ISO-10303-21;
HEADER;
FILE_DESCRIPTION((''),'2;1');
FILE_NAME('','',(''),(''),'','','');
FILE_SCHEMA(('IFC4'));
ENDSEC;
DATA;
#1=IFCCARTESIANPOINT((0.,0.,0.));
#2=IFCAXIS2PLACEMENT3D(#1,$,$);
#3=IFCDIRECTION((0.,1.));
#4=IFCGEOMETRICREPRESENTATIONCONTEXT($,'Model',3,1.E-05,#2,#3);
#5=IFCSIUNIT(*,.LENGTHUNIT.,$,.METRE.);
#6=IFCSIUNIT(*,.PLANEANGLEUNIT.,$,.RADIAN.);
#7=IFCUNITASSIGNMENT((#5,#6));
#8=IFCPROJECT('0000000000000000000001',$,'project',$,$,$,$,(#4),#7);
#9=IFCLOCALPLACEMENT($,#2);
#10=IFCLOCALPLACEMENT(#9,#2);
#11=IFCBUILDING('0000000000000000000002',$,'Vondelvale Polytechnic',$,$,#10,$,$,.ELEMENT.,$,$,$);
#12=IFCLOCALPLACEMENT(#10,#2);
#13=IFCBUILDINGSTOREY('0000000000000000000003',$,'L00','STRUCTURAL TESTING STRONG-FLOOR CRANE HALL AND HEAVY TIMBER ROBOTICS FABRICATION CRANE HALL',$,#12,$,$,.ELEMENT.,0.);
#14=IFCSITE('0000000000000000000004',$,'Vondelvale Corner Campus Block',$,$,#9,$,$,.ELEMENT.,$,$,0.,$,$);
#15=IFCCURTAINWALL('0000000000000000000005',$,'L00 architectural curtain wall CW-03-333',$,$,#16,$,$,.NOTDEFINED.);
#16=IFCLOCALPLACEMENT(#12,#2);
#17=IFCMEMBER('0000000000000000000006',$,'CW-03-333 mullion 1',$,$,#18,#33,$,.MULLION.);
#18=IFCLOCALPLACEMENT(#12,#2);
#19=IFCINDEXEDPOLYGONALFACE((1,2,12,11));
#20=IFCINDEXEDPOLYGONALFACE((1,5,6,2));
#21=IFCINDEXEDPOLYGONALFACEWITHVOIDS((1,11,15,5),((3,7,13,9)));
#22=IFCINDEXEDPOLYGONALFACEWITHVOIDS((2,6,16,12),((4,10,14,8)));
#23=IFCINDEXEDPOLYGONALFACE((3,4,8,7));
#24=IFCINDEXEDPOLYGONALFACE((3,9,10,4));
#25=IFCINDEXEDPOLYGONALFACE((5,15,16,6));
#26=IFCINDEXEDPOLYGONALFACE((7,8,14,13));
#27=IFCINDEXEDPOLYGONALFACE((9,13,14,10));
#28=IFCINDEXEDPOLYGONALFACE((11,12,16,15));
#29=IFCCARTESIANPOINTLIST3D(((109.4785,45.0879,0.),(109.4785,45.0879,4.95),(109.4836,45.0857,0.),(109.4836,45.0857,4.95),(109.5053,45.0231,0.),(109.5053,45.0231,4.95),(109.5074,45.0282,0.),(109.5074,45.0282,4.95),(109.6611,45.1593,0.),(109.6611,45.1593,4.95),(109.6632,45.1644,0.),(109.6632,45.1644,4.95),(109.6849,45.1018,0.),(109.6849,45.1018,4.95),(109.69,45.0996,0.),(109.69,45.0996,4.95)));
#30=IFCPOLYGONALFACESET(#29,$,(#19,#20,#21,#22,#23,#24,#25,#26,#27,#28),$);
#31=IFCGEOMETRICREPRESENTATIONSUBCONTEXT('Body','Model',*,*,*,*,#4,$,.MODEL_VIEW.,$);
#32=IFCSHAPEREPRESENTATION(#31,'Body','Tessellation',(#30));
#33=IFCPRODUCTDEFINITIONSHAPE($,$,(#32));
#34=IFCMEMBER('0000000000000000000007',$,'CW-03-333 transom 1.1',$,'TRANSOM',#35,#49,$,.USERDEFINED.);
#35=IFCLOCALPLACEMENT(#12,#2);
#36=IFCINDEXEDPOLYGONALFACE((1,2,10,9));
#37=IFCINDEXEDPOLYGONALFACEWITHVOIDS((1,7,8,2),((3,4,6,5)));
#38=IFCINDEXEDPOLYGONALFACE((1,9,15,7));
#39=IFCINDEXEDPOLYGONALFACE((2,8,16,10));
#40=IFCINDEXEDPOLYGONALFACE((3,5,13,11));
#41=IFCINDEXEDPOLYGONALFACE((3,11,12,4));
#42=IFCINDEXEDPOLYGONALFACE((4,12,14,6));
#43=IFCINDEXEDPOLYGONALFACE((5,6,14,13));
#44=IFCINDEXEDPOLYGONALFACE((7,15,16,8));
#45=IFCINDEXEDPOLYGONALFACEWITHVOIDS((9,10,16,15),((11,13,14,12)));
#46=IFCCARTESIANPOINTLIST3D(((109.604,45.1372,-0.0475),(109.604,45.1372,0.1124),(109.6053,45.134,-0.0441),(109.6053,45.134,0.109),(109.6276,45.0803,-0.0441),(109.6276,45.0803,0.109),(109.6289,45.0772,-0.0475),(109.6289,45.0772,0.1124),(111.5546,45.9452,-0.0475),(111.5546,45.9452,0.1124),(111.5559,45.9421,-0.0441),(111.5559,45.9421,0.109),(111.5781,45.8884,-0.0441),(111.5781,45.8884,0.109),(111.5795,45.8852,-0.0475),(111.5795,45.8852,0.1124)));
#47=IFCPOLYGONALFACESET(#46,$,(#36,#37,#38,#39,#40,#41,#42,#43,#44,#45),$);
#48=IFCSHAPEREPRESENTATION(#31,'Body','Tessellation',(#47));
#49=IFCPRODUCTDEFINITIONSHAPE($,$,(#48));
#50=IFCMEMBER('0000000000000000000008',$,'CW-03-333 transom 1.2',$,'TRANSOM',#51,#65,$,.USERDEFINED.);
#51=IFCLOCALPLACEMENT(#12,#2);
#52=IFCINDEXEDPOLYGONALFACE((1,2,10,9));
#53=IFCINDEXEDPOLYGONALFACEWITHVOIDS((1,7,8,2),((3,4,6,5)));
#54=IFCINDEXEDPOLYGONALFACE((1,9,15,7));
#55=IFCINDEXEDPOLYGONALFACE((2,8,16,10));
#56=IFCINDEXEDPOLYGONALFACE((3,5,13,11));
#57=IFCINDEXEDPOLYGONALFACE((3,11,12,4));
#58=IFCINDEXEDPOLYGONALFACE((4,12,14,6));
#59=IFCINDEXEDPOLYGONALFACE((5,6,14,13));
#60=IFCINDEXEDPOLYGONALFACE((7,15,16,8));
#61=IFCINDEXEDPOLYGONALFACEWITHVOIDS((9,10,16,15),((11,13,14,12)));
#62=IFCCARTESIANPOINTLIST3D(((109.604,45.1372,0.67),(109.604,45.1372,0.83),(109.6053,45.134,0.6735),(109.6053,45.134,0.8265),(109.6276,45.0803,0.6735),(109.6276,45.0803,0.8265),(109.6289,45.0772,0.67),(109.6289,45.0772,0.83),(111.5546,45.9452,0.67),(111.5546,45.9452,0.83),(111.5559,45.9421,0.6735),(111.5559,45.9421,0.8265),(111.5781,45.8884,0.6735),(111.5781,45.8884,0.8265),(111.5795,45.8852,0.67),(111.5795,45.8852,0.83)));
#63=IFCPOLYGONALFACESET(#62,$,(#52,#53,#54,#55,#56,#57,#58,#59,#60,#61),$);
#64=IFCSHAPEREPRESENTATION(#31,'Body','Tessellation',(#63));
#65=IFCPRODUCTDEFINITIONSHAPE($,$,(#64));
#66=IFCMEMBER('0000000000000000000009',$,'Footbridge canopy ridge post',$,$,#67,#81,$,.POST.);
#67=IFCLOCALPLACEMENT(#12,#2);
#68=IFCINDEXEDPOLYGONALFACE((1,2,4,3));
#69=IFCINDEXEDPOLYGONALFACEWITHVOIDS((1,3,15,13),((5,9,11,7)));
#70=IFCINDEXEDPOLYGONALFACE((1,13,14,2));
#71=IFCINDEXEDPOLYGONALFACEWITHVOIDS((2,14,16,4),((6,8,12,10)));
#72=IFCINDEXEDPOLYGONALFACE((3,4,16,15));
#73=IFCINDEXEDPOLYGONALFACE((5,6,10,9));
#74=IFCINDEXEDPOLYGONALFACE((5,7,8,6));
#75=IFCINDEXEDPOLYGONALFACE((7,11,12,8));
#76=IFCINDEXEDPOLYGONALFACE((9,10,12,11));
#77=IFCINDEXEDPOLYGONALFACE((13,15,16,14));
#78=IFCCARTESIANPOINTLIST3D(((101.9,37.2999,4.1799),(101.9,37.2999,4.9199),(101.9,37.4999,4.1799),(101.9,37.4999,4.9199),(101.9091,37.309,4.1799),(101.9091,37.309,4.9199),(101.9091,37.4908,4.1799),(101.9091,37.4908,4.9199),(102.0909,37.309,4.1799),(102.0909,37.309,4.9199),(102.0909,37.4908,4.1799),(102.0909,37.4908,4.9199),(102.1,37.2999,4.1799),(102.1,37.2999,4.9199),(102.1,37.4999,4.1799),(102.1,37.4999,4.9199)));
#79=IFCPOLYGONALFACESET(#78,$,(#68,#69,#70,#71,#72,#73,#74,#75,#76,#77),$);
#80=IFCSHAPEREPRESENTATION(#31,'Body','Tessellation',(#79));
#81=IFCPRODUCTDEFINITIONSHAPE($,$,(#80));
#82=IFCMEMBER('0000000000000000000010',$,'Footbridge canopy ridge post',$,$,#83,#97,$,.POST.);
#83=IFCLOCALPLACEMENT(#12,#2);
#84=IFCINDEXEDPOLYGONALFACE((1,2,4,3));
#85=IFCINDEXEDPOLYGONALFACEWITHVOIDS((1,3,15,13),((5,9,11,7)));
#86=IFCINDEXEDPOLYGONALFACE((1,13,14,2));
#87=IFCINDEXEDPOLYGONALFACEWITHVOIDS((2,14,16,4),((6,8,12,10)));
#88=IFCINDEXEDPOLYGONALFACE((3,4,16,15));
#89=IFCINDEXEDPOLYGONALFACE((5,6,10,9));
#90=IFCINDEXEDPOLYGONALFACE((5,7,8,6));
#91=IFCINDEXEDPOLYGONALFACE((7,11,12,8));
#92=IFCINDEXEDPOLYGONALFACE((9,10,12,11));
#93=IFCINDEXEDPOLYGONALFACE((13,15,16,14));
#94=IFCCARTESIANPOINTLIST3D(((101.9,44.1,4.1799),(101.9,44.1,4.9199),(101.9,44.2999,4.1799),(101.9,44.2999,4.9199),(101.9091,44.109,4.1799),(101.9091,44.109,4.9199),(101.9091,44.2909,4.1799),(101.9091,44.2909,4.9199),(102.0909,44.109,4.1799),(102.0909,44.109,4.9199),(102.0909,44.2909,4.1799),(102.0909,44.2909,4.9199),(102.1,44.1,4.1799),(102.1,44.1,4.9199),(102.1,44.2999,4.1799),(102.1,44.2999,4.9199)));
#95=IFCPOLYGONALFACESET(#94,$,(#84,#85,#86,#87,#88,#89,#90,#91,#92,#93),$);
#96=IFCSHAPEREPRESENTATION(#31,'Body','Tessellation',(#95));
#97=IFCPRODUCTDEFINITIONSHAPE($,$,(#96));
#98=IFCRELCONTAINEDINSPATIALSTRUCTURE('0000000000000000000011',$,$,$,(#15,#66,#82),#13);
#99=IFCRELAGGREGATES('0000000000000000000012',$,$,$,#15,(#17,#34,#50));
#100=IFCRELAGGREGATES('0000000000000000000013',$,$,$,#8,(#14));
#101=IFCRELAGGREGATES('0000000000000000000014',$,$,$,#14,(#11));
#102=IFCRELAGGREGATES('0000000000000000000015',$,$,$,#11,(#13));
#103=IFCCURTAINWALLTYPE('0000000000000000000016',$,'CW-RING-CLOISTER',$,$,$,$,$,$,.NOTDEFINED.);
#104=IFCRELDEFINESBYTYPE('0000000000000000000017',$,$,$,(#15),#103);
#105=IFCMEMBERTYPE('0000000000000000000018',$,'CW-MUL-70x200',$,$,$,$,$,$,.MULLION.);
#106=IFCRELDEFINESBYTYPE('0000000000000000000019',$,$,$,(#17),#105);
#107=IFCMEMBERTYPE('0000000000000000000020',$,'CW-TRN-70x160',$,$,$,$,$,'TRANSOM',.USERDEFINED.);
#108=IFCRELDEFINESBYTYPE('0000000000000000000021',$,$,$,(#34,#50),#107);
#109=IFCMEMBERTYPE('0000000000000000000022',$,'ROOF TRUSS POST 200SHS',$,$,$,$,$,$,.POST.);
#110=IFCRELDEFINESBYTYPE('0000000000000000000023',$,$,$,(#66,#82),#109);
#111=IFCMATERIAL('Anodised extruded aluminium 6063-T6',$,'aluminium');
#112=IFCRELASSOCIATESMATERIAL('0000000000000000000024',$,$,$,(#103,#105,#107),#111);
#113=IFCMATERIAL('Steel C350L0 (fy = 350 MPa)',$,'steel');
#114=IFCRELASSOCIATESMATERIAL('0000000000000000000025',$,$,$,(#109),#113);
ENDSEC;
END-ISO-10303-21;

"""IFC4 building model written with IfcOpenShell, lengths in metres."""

from ifc_helpers import new_model, si_unit, direction, frame, origin, origin_2d, place, context, subcontext, project, spatial, hollow_rectangle, extrude, material, material_profile, profile_set, type_object, element, aggregate, save


model = new_model("IFC4")

# Units and contexts
model_context = context("Model", 3, precision=1e-05, world=origin(), true_north=direction((0.0, 1.0)))
body_context = subcontext(model_context, "Body", "Model", "MODEL_VIEW")
ifc_project = project(units=[si_unit("LENGTHUNIT", "METRE"), si_unit("PLANEANGLEUNIT", "RADIAN")], contexts=[model_context])

# Site, building, storey
site_placement = place(None, origin())
site = spatial("IfcSite", under=ifc_project, at=site_placement, Name="Vondelvale Corner Campus Block", CompositionType="ELEMENT", RefElevation=0.0)
building_placement = place(site_placement, origin())
building = spatial("IfcBuilding", under=site, at=building_placement, Name="Vondelvale Polytechnic", CompositionType="ELEMENT")
storey_placement = place(building_placement, origin())
storey = spatial("IfcBuildingStorey", under=building, at=storey_placement, Name="L00", Description="STRUCTURAL TESTING STRONG-FLOOR CRANE HALL AND HEAVY TIMBER ROBOTICS FABRICATION CRANE HALL", CompositionType="ELEMENT", Elevation=0.0)

# Curtain wall, members
ifc_material_1 = material(Name="Anodised extruded aluminium 6063-T6", Category="aluminium")
curtain_wall_type = type_object("IfcCurtainWallType", Name="CW-RING-CLOISTER", PredefinedType="NOTDEFINED", material=ifc_material_1)
curtain_wall_placement = place(storey_placement, origin())
curtain_wall = element("IfcCurtainWall", 1, at=curtain_wall_placement, inside=storey, type_object=curtain_wall_type, Name="L00 architectural curtain wall CW-03-333", PredefinedType="NOTDEFINED")
ifc_material_profile_1 = material_profile(ifc_material_1, hollow_rectangle(XDim=0.0701, YDim=0.2, WallThickness=0.0039, at=origin_2d()), Name="CW-MUL-200x70")
ifc_profile_set_1 = profile_set([ifc_material_profile_1], Name="Anodised extruded aluminium 6063-T6")
member_type_1 = type_object("IfcMemberType", Name="CW-MUL-70x200", PredefinedType="MULLION", material=ifc_profile_set_1)
member_1_placement = place(storey_placement, frame((109.5842, 45.0938, 0.0), z_axis=(0.0, 0.0, 1.0), x_axis=(-0.382679, 0.923882, 0.0)))
member_1 = element("IfcMember", 2, at=member_1_placement, type_object=member_type_1, Name="CW-03-333 mullion 1", PredefinedType="MULLION", context=body_context, shape_type="SweptSolid", body=[
    extrude(hollow_rectangle(XDim=0.0701, YDim=0.2, WallThickness=0.0039, at=origin_2d()), origin(), (0.0, 0.0, 1.0), 4.95),
])
ifc_material_profile_2 = material_profile(ifc_material_1, hollow_rectangle(XDim=0.0649, YDim=0.1599, WallThickness=0.0034, at=origin_2d()), Name="CW-TRN-160x65")
ifc_profile_set_2 = profile_set([ifc_material_profile_2], Name="Anodised extruded aluminium 6063-T6")
member_type_2 = type_object("IfcMemberType", Name="CW-TRN-70x160", ElementType="TRANSOM", PredefinedType="USERDEFINED", material=ifc_profile_set_2)
member_2_placement = place(storey_placement, frame((109.6165, 45.1072, 0.0325), z_axis=(0.923862, 0.382726, 0.0), x_axis=(-0.382726, 0.923862, 0.0)))
member_2 = element("IfcMember", 3, at=member_2_placement, type_object=member_type_2, Name="CW-03-333 transom 1.1", ObjectType="TRANSOM", PredefinedType="USERDEFINED", context=body_context, shape_type="SweptSolid", body=[
    extrude(hollow_rectangle(XDim=0.0649, YDim=0.1599, WallThickness=0.0034, at=origin_2d()), origin(), (0.0, 0.0, 1.0), 2.1113),
])
member_3_placement = place(storey_placement, frame((109.6165, 45.1072, 0.75), z_axis=(0.923862, 0.382726, 0.0), x_axis=(-0.382726, 0.923862, 0.0)))
member_3 = element("IfcMember", 4, at=member_3_placement, type_object=member_type_2, Name="CW-03-333 transom 1.2", ObjectType="TRANSOM", PredefinedType="USERDEFINED", context=body_context, shape_type="SweptSolid", body=[
    extrude(hollow_rectangle(XDim=0.0649, YDim=0.1599, WallThickness=0.0034, at=origin_2d()), origin(), (0.0, 0.0, 1.0), 2.1113),
])
aggregate(curtain_wall, [member_1, member_2, member_3])

# Members
ifc_material_2 = material(Name="Steel C350L0 (fy = 350 MPa)", Category="steel")
ifc_material_profile_3 = material_profile(ifc_material_2, hollow_rectangle(XDim=0.2, YDim=0.2, WallThickness=0.009, at=origin_2d()), Name="200x200x9.0SHS")
ifc_profile_set_3 = profile_set([ifc_material_profile_3], Name="Steel C350L0 (fy = 350 MPa)")
member_type_3 = type_object("IfcMemberType", Name="ROOF TRUSS POST 200SHS", PredefinedType="POST", material=ifc_profile_set_3)
for number, where, z_axis, x_axis, name in (
    (5, (102.0, 37.3999, 4.1799), (0.0, 0.0, 1.0), (1.0, 0.0, 0.0), "Footbridge canopy ridge post"),
    (6, (102.0, 44.2, 4.1799), (0.0, 0.0, 1.0), (1.0, 0.0, 0.0), "Footbridge canopy ridge post"),
):
    element("IfcMember", number, at=place(storey_placement, frame(where, z_axis=z_axis, x_axis=x_axis)), inside=storey, type_object=member_type_3, Name=name, PredefinedType="POST", context=body_context, shape_type="SweptSolid", body=[
        extrude(hollow_rectangle(XDim=0.2, YDim=0.2, WallThickness=0.009, at=origin_2d()), origin(), (0.0, 0.0, 1.0), 0.74),
    ])

save(model, "model.ifc")
